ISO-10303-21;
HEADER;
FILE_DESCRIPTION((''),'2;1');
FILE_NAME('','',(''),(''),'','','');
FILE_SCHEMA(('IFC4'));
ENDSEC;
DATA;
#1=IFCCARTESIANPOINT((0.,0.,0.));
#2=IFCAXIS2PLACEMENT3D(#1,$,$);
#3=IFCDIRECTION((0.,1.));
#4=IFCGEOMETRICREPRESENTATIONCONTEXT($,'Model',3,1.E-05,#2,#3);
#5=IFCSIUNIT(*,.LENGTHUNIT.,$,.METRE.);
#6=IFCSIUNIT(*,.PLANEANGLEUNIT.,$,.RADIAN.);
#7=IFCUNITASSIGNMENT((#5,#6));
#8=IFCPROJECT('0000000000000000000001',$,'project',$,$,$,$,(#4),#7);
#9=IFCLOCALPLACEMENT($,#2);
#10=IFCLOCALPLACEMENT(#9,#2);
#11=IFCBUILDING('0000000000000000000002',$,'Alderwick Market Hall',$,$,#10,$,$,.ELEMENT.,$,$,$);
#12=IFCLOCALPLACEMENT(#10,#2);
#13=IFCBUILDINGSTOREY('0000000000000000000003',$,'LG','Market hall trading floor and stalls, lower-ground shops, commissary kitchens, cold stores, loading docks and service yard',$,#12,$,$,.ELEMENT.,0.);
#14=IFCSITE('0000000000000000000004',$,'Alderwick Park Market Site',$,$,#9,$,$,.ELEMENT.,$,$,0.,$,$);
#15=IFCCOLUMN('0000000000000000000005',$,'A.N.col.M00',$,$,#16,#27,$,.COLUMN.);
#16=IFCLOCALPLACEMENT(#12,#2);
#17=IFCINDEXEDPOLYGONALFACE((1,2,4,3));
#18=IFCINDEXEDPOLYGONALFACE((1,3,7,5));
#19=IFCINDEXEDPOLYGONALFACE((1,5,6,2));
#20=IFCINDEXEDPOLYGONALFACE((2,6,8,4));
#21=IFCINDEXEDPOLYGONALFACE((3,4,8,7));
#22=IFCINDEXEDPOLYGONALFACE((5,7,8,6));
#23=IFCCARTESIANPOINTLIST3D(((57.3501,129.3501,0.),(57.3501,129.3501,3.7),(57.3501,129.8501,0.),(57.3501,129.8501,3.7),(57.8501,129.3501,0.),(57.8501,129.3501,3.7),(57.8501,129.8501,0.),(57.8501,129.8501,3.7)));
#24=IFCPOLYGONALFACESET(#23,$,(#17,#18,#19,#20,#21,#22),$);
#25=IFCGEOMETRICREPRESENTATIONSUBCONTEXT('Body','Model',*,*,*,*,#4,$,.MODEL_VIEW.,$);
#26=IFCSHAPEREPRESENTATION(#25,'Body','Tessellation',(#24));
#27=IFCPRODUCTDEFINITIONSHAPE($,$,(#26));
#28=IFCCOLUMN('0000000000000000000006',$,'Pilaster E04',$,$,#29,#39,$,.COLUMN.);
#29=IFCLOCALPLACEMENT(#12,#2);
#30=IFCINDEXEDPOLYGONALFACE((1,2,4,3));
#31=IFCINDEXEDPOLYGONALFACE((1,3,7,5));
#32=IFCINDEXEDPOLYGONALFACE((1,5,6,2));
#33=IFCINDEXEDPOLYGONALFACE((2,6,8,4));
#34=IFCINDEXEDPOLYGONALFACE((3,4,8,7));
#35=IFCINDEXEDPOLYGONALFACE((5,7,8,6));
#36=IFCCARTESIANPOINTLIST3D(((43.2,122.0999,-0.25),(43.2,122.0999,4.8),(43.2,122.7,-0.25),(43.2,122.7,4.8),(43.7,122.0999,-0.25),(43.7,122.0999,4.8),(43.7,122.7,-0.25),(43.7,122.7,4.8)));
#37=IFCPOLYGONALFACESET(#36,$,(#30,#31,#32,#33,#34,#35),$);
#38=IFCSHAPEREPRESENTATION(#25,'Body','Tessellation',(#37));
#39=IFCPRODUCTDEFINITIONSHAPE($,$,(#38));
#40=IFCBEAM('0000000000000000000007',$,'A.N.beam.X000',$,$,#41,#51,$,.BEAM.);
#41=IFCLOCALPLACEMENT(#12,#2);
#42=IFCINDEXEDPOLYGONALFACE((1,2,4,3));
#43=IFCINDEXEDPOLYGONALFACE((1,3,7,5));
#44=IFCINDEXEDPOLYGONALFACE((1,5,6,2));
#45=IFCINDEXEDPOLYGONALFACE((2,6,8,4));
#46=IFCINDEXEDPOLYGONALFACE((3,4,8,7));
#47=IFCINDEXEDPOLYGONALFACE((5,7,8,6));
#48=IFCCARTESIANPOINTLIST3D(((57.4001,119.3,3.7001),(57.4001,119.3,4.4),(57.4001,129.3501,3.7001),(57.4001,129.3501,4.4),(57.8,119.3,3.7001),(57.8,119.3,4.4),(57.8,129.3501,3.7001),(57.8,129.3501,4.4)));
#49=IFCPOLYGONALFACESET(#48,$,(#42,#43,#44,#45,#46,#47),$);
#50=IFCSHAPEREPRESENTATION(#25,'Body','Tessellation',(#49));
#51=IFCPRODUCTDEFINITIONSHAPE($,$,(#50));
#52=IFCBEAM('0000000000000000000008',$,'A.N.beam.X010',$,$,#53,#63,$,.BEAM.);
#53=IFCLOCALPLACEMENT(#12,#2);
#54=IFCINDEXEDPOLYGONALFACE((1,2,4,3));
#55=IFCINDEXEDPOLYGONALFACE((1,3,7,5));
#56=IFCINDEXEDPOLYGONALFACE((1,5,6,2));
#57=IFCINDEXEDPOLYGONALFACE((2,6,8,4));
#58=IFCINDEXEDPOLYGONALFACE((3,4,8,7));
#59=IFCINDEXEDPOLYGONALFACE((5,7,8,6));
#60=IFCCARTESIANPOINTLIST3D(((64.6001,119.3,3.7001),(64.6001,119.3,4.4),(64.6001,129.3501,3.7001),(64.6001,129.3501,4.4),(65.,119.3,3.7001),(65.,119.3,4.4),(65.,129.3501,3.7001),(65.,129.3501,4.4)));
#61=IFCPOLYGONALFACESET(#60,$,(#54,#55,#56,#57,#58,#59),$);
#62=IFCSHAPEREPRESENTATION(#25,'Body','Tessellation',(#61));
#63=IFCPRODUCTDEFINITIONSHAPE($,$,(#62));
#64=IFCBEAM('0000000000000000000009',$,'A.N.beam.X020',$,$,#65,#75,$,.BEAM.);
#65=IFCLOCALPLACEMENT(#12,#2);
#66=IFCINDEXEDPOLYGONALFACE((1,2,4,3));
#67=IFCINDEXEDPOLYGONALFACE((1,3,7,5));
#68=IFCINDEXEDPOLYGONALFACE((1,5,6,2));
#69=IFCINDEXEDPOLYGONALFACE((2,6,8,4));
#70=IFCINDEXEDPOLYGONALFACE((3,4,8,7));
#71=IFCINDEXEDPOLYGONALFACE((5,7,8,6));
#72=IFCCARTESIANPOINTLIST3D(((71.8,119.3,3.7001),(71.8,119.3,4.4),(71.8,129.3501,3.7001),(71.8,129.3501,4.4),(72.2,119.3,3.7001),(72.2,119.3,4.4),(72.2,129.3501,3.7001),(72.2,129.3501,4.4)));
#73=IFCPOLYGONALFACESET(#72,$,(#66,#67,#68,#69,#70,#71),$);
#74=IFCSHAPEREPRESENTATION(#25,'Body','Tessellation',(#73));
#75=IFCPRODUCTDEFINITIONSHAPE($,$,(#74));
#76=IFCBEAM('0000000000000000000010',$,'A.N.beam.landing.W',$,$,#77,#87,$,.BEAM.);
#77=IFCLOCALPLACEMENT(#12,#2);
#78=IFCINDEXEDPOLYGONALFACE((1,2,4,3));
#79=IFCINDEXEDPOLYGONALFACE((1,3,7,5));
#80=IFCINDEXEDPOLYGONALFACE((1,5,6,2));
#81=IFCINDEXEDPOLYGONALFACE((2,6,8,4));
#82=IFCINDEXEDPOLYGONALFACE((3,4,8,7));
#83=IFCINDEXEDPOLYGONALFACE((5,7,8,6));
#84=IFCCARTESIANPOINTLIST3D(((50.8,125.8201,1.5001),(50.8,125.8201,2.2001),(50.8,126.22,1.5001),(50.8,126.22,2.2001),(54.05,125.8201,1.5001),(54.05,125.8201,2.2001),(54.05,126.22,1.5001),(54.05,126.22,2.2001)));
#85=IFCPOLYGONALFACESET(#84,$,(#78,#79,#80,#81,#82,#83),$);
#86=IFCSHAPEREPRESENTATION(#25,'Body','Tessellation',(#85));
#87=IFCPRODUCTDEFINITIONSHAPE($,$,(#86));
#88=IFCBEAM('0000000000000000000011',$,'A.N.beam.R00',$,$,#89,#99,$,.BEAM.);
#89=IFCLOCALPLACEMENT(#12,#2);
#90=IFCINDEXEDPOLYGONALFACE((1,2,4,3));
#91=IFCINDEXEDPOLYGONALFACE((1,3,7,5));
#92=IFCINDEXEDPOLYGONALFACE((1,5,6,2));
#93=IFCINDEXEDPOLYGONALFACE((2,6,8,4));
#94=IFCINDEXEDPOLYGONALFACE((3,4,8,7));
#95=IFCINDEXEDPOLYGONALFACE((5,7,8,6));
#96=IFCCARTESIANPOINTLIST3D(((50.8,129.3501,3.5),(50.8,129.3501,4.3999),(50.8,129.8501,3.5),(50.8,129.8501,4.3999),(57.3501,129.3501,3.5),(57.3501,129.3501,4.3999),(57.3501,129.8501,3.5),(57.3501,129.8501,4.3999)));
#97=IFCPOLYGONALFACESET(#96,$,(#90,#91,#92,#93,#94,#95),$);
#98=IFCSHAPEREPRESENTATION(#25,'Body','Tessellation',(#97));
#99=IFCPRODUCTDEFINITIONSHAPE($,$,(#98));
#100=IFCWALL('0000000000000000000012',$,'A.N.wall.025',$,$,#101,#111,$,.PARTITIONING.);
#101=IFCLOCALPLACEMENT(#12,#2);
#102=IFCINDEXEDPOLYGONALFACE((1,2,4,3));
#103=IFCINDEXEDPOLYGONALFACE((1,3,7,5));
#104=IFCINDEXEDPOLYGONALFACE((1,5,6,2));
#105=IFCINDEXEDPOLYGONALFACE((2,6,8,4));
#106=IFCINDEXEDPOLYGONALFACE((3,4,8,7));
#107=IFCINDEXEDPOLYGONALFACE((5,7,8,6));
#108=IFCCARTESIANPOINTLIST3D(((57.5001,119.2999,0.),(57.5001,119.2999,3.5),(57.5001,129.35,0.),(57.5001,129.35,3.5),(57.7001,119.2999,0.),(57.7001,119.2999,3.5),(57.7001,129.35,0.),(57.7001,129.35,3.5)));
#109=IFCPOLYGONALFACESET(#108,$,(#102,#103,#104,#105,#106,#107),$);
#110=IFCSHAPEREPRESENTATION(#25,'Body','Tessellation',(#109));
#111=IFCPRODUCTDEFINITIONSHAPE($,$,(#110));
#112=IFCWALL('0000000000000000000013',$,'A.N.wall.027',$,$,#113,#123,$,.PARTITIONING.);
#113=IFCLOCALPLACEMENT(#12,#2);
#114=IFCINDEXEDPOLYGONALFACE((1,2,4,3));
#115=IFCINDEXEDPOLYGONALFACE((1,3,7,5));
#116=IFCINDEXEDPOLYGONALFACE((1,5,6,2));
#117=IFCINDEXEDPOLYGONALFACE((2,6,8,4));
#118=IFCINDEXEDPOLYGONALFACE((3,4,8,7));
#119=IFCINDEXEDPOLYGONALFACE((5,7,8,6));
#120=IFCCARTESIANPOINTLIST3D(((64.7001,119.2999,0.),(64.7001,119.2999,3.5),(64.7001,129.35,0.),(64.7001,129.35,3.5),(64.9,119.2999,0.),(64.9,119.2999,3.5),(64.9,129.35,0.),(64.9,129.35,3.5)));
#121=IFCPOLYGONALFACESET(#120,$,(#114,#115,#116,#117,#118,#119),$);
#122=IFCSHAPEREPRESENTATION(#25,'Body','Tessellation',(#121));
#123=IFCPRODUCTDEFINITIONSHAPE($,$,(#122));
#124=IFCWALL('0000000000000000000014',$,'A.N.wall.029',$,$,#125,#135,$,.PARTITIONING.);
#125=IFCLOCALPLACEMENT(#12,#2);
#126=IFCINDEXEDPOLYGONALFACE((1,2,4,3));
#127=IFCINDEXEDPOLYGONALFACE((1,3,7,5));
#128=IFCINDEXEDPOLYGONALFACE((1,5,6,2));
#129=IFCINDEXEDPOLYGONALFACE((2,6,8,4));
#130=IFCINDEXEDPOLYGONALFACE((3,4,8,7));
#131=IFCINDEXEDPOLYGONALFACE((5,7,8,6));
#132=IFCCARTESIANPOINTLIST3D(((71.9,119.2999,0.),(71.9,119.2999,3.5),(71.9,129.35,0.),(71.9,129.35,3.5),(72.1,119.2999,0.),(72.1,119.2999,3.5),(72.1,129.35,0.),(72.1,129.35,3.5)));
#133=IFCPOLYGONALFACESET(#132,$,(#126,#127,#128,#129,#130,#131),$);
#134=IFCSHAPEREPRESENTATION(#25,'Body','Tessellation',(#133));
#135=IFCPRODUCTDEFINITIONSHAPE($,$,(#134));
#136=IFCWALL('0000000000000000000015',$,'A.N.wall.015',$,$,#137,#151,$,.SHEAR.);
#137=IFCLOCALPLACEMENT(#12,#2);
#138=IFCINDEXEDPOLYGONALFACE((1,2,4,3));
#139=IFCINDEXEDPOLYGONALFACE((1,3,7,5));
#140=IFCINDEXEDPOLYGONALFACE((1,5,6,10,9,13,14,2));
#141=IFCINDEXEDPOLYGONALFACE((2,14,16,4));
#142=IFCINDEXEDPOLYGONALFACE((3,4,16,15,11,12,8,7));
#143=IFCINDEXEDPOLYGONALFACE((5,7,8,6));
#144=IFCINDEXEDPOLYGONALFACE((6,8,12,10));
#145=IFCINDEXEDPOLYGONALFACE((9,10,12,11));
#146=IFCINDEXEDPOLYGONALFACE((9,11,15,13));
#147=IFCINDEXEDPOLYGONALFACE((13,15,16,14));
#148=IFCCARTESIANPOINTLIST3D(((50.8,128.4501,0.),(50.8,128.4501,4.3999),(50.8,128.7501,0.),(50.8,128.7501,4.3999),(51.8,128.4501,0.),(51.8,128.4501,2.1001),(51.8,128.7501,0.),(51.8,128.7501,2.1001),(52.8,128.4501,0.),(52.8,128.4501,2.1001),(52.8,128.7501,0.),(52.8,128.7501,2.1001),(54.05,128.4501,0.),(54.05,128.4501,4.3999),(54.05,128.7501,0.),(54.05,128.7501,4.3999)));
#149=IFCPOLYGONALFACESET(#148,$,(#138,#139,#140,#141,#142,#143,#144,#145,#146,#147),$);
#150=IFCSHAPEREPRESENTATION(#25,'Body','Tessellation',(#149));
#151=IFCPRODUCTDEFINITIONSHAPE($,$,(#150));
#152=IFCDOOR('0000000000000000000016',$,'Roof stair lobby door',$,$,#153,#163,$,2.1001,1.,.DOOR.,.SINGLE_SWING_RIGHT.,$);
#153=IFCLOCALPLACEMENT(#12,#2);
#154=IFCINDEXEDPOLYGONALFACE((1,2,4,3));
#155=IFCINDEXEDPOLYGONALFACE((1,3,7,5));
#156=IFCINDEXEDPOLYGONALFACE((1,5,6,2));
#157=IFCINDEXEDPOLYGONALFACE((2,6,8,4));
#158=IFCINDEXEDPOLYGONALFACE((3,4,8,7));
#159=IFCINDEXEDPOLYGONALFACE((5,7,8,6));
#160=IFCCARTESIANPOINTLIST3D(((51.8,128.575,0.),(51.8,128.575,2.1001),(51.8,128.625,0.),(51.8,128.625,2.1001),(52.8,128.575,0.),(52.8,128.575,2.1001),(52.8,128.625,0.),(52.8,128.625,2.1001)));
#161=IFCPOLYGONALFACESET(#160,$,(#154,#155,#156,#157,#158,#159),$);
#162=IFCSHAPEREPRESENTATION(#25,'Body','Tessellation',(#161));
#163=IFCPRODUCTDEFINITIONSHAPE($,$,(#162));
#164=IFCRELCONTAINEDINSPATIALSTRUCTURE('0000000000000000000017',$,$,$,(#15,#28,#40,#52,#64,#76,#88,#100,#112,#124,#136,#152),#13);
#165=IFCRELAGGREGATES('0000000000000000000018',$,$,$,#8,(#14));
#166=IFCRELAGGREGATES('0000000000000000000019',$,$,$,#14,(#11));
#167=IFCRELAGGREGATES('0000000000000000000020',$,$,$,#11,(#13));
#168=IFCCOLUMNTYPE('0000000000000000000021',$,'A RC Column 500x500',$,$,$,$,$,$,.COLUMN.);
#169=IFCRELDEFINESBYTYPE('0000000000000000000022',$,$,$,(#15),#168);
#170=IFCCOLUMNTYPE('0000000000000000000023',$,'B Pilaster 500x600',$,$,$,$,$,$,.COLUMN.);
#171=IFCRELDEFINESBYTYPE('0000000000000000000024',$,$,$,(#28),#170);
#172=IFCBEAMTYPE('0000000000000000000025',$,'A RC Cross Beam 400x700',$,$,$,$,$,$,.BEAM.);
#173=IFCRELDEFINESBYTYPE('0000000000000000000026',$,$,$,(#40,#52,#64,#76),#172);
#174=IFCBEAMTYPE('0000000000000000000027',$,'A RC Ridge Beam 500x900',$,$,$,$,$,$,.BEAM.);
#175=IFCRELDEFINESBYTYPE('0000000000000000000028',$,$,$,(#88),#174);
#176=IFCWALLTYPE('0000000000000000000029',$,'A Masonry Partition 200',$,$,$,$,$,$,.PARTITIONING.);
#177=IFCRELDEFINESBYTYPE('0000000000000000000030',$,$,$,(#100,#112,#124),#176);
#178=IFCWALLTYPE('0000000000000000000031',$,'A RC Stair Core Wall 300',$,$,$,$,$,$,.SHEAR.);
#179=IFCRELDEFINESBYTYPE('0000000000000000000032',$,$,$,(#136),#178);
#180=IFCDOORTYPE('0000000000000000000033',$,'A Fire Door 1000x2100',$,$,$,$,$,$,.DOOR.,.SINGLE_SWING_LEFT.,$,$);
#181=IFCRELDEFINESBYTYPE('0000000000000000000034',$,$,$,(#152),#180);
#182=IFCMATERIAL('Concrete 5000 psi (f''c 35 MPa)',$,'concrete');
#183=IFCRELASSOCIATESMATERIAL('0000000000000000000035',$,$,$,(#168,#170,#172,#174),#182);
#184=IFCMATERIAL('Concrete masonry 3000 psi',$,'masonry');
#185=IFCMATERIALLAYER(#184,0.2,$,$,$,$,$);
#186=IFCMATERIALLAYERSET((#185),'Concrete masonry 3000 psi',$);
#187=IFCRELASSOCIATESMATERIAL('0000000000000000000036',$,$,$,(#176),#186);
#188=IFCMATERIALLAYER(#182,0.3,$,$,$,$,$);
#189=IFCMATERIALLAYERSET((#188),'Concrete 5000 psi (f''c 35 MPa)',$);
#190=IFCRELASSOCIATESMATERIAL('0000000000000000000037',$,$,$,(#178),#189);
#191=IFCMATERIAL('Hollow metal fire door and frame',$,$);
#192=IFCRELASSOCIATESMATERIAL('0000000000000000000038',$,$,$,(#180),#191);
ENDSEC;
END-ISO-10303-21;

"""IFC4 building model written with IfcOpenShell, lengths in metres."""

from ifc_helpers import new_model, si_unit, direction, frame, frame_2d, origin, origin_2d, place, context, subcontext, project, spatial, rectangle, extrude, material, layer, layer_set, material_profile, profile_set, type_object, element, fill, save


model = new_model("IFC4")

# Units and contexts
model_context = context("Model", 3, precision=1e-05, world=origin(), true_north=direction((0.0, 1.0)))
body_context = subcontext(model_context, "Body", "Model", "MODEL_VIEW")
ifc_project = project(units=[si_unit("LENGTHUNIT", "METRE"), si_unit("PLANEANGLEUNIT", "RADIAN")], contexts=[model_context])

# Site, building, storey
site_placement = place(None, origin())
site = spatial("IfcSite", under=ifc_project, at=site_placement, Name="Alderwick Park Market Site", CompositionType="ELEMENT", RefElevation=0.0)
building_placement = place(site_placement, origin())
building = spatial("IfcBuilding", under=site, at=building_placement, Name="Alderwick Market Hall", CompositionType="ELEMENT")
storey_placement = place(building_placement, origin())
storey = spatial("IfcBuildingStorey", under=building, at=storey_placement, Name="LG", Description="Market hall trading floor and stalls, lower-ground shops, commissary kitchens, cold stores, loading docks and service yard", CompositionType="ELEMENT", Elevation=0.0)

# Shared definitions
ifc_material_1 = material(Name="Concrete 5000 psi (f'c 35 MPa)", Category="concrete")

# Columns
ifc_material_profile_1 = material_profile(ifc_material_1, rectangle(XDim=0.5, YDim=0.5, at=origin_2d()), Name="A RC Column 500x500")
ifc_profile_set_1 = profile_set([ifc_material_profile_1], Name="Concrete 5000 psi (f'c 35 MPa)")
column_type_1 = type_object("IfcColumnType", Name="A RC Column 500x500", PredefinedType="COLUMN", material=ifc_profile_set_1)
column_1_placement = place(storey_placement, frame((57.6001, 129.6001, 0.0), z_axis=(0.0, 0.0, 1.0), x_axis=(1.0, 0.0, 0.0)))
element("IfcColumn", 1, at=column_1_placement, inside=storey, type_object=column_type_1, Name="A.N.col.M00", PredefinedType="COLUMN", context=body_context, shape_type="SweptSolid", body=[
    extrude(rectangle(XDim=0.5, YDim=0.5, at=origin_2d()), origin(), (0.0, 0.0, 1.0), 3.7),
])
ifc_material_profile_2 = material_profile(ifc_material_1, rectangle(XDim=0.5, YDim=0.6001, at=origin_2d()), Name="B Pilaster 500x600")
ifc_profile_set_2 = profile_set([ifc_material_profile_2], Name="Concrete 5000 psi (f'c 35 MPa)")
column_type_2 = type_object("IfcColumnType", Name="B Pilaster 500x600", PredefinedType="COLUMN", material=ifc_profile_set_2)
column_2_placement = place(storey_placement, frame((43.45, 122.3999, -0.25), z_axis=(0.0, 0.0, 1.0), x_axis=(1.0, 0.0, 0.0)))
element("IfcColumn", 2, at=column_2_placement, inside=storey, type_object=column_type_2, Name="Pilaster E04", PredefinedType="COLUMN", context=body_context, shape_type="SweptSolid", body=[
    extrude(rectangle(XDim=0.5, YDim=0.6001, at=origin_2d()), origin(), (0.0, 0.0, 1.0), 5.05),
])

# Beams
ifc_material_profile_3 = material_profile(ifc_material_1, rectangle(XDim=0.3999, YDim=0.7, at=origin_2d()), Name="A RC Cross Beam 400x700")
ifc_profile_set_3 = profile_set([ifc_material_profile_3], Name="Concrete 5000 psi (f'c 35 MPa)")
beam_type_1 = type_object("IfcBeamType", Name="A RC Cross Beam 400x700", PredefinedType="BEAM", material=ifc_profile_set_3)
for number, where, z_axis, x_axis, name in (
    (3, (57.6001, 119.3, 4.05), (0.0, 1.0, 0.0), (-1.0, 0.0, 0.0), "A.N.beam.X000"),
    (4, (64.8, 119.3, 4.05), (0.0, 1.0, 0.0), (-1.0, 0.0, 0.0), "A.N.beam.X010"),
    (5, (72.0, 119.3, 4.05), (0.0, 1.0, 0.0), (-1.0, 0.0, 0.0), "A.N.beam.X020"),
):
    element("IfcBeam", number, at=place(storey_placement, frame(where, z_axis=z_axis, x_axis=x_axis)), inside=storey, type_object=beam_type_1, Name=name, PredefinedType="BEAM", context=body_context, shape_type="SweptSolid", body=[
        extrude(rectangle(XDim=0.3999, YDim=0.7, at=origin_2d()), origin(), (0.0, 0.0, 1.0), 10.05),
    ])
beam_1_placement = place(storey_placement, frame((50.8, 126.02, 1.8501), z_axis=(1.0, 0.0, 0.0), x_axis=(0.0, 1.0, 0.0)))
element("IfcBeam", 6, at=beam_1_placement, inside=storey, type_object=beam_type_1, Name="A.N.beam.landing.W", PredefinedType="BEAM", context=body_context, shape_type="SweptSolid", body=[
    extrude(rectangle(XDim=0.3999, YDim=0.7, at=origin_2d()), origin(), (0.0, 0.0, 1.0), 3.25),
])
ifc_material_profile_4 = material_profile(ifc_material_1, rectangle(XDim=0.5, YDim=0.8999, at=origin_2d()), Name="A RC Ridge Beam 500x900")
ifc_profile_set_4 = profile_set([ifc_material_profile_4], Name="Concrete 5000 psi (f'c 35 MPa)")
beam_type_2 = type_object("IfcBeamType", Name="A RC Ridge Beam 500x900", PredefinedType="BEAM", material=ifc_profile_set_4)
beam_2_placement = place(storey_placement, frame((50.8, 129.6001, 3.95), z_axis=(1.0, 0.0, 0.0), x_axis=(0.0, 1.0, 0.0)))
element("IfcBeam", 7, at=beam_2_placement, inside=storey, type_object=beam_type_2, Name="A.N.beam.R00", PredefinedType="BEAM", context=body_context, shape_type="SweptSolid", body=[
    extrude(rectangle(XDim=0.5, YDim=0.8999, at=origin_2d()), origin(), (0.0, 0.0, 1.0), 6.55),
])

# Walls
ifc_material_2 = material(Name="Concrete masonry 3000 psi", Category="masonry")
ifc_layer_1 = layer(ifc_material_2, 0.2)
ifc_layer_set_1 = layer_set([ifc_layer_1], Name="Concrete masonry 3000 psi")
wall_type_1 = type_object("IfcWallType", Name="A Masonry Partition 200", PredefinedType="PARTITIONING", material=ifc_layer_set_1)
for number, where, z_axis, x_axis, name in (
    (8, (57.6001, 119.3, 0.0), (0.0, 0.0, 1.0), (0.0, 1.0, 0.0), "A.N.wall.025"),
    (9, (64.8, 119.3, 0.0), (0.0, 0.0, 1.0), (0.0, 1.0, 0.0), "A.N.wall.027"),
    (10, (72.0, 119.3, 0.0), (0.0, 0.0, 1.0), (0.0, 1.0, 0.0), "A.N.wall.029"),
):
    element("IfcWall", number, at=place(storey_placement, frame(where, z_axis=z_axis, x_axis=x_axis)), inside=storey, type_object=wall_type_1, Name=name, PredefinedType="PARTITIONING", context=body_context, shape_type="SweptSolid", body=[
        extrude(rectangle(XDim=10.05, YDim=0.2, at=frame_2d((5.0249, 0.0))), origin(), (0.0, 0.0, 1.0), 3.5),
    ])

# Wall, opening, door
ifc_layer_2 = layer(ifc_material_1, 0.3)
ifc_layer_set_2 = layer_set([ifc_layer_2], Name="Concrete 5000 psi (f'c 35 MPa)")
wall_type_2 = type_object("IfcWallType", Name="A RC Stair Core Wall 300", PredefinedType="SHEAR", material=ifc_layer_set_2)
wall_placement = place(storey_placement, frame((50.8, 128.6001, 0.0), z_axis=(0.0, 0.0, 1.0), x_axis=(1.0, 0.0, 0.0)))
wall = element("IfcWall", 11, at=wall_placement, inside=storey, type_object=wall_type_2, Name="A.N.wall.015", PredefinedType="SHEAR", context=body_context, shape_type="SweptSolid", body=[
    extrude(rectangle(XDim=3.25, YDim=0.3, at=frame_2d((1.625, 0.0))), origin(), (0.0, 0.0, 1.0), 4.3999),
])
opening_placement = place(wall_placement, frame((1.0, 0.0, 0.0)))
opening = element("IfcOpeningElement", 12, at=opening_placement, cuts=wall, PredefinedType="OPENING", context=body_context, shape_type="SweptSolid", body=[
    extrude(rectangle(XDim=1.0, YDim=2.1001, at=frame_2d((0.5, 1.05))), frame((0.0, 0.1599, 0.0), z_axis=(0.0, -1.0, 0.0), x_axis=(1.0, 0.0, 0.0)), (0.0, 0.0, 1.0), 0.3201),
])
ifc_material_3 = material(Name="Hollow metal fire door and frame")
door_type = type_object("IfcDoorType", Name="A Fire Door 1000x2100", OperationType="SINGLE_SWING_LEFT", PredefinedType="DOOR", material=ifc_material_3)
door_placement = place(opening_placement, origin())
door = element("IfcDoor", 13, at=door_placement, inside=storey, type_object=door_type, Name="Roof stair lobby door", OperationType="SINGLE_SWING_RIGHT", OverallHeight=2.1001, OverallWidth=1.0, PredefinedType="DOOR", context=body_context, shape_type="SweptSolid", body=[
    extrude(rectangle(XDim=1.0, YDim=2.1001, at=frame_2d((0.5, 1.05))), frame((0.0, 0.0249, 0.0), z_axis=(0.0, -1.0, 0.0), x_axis=(1.0, 0.0, 0.0)), (0.0, 0.0, 1.0), 0.05),
])
fill(opening, door)

save(model, "model.ifc")
